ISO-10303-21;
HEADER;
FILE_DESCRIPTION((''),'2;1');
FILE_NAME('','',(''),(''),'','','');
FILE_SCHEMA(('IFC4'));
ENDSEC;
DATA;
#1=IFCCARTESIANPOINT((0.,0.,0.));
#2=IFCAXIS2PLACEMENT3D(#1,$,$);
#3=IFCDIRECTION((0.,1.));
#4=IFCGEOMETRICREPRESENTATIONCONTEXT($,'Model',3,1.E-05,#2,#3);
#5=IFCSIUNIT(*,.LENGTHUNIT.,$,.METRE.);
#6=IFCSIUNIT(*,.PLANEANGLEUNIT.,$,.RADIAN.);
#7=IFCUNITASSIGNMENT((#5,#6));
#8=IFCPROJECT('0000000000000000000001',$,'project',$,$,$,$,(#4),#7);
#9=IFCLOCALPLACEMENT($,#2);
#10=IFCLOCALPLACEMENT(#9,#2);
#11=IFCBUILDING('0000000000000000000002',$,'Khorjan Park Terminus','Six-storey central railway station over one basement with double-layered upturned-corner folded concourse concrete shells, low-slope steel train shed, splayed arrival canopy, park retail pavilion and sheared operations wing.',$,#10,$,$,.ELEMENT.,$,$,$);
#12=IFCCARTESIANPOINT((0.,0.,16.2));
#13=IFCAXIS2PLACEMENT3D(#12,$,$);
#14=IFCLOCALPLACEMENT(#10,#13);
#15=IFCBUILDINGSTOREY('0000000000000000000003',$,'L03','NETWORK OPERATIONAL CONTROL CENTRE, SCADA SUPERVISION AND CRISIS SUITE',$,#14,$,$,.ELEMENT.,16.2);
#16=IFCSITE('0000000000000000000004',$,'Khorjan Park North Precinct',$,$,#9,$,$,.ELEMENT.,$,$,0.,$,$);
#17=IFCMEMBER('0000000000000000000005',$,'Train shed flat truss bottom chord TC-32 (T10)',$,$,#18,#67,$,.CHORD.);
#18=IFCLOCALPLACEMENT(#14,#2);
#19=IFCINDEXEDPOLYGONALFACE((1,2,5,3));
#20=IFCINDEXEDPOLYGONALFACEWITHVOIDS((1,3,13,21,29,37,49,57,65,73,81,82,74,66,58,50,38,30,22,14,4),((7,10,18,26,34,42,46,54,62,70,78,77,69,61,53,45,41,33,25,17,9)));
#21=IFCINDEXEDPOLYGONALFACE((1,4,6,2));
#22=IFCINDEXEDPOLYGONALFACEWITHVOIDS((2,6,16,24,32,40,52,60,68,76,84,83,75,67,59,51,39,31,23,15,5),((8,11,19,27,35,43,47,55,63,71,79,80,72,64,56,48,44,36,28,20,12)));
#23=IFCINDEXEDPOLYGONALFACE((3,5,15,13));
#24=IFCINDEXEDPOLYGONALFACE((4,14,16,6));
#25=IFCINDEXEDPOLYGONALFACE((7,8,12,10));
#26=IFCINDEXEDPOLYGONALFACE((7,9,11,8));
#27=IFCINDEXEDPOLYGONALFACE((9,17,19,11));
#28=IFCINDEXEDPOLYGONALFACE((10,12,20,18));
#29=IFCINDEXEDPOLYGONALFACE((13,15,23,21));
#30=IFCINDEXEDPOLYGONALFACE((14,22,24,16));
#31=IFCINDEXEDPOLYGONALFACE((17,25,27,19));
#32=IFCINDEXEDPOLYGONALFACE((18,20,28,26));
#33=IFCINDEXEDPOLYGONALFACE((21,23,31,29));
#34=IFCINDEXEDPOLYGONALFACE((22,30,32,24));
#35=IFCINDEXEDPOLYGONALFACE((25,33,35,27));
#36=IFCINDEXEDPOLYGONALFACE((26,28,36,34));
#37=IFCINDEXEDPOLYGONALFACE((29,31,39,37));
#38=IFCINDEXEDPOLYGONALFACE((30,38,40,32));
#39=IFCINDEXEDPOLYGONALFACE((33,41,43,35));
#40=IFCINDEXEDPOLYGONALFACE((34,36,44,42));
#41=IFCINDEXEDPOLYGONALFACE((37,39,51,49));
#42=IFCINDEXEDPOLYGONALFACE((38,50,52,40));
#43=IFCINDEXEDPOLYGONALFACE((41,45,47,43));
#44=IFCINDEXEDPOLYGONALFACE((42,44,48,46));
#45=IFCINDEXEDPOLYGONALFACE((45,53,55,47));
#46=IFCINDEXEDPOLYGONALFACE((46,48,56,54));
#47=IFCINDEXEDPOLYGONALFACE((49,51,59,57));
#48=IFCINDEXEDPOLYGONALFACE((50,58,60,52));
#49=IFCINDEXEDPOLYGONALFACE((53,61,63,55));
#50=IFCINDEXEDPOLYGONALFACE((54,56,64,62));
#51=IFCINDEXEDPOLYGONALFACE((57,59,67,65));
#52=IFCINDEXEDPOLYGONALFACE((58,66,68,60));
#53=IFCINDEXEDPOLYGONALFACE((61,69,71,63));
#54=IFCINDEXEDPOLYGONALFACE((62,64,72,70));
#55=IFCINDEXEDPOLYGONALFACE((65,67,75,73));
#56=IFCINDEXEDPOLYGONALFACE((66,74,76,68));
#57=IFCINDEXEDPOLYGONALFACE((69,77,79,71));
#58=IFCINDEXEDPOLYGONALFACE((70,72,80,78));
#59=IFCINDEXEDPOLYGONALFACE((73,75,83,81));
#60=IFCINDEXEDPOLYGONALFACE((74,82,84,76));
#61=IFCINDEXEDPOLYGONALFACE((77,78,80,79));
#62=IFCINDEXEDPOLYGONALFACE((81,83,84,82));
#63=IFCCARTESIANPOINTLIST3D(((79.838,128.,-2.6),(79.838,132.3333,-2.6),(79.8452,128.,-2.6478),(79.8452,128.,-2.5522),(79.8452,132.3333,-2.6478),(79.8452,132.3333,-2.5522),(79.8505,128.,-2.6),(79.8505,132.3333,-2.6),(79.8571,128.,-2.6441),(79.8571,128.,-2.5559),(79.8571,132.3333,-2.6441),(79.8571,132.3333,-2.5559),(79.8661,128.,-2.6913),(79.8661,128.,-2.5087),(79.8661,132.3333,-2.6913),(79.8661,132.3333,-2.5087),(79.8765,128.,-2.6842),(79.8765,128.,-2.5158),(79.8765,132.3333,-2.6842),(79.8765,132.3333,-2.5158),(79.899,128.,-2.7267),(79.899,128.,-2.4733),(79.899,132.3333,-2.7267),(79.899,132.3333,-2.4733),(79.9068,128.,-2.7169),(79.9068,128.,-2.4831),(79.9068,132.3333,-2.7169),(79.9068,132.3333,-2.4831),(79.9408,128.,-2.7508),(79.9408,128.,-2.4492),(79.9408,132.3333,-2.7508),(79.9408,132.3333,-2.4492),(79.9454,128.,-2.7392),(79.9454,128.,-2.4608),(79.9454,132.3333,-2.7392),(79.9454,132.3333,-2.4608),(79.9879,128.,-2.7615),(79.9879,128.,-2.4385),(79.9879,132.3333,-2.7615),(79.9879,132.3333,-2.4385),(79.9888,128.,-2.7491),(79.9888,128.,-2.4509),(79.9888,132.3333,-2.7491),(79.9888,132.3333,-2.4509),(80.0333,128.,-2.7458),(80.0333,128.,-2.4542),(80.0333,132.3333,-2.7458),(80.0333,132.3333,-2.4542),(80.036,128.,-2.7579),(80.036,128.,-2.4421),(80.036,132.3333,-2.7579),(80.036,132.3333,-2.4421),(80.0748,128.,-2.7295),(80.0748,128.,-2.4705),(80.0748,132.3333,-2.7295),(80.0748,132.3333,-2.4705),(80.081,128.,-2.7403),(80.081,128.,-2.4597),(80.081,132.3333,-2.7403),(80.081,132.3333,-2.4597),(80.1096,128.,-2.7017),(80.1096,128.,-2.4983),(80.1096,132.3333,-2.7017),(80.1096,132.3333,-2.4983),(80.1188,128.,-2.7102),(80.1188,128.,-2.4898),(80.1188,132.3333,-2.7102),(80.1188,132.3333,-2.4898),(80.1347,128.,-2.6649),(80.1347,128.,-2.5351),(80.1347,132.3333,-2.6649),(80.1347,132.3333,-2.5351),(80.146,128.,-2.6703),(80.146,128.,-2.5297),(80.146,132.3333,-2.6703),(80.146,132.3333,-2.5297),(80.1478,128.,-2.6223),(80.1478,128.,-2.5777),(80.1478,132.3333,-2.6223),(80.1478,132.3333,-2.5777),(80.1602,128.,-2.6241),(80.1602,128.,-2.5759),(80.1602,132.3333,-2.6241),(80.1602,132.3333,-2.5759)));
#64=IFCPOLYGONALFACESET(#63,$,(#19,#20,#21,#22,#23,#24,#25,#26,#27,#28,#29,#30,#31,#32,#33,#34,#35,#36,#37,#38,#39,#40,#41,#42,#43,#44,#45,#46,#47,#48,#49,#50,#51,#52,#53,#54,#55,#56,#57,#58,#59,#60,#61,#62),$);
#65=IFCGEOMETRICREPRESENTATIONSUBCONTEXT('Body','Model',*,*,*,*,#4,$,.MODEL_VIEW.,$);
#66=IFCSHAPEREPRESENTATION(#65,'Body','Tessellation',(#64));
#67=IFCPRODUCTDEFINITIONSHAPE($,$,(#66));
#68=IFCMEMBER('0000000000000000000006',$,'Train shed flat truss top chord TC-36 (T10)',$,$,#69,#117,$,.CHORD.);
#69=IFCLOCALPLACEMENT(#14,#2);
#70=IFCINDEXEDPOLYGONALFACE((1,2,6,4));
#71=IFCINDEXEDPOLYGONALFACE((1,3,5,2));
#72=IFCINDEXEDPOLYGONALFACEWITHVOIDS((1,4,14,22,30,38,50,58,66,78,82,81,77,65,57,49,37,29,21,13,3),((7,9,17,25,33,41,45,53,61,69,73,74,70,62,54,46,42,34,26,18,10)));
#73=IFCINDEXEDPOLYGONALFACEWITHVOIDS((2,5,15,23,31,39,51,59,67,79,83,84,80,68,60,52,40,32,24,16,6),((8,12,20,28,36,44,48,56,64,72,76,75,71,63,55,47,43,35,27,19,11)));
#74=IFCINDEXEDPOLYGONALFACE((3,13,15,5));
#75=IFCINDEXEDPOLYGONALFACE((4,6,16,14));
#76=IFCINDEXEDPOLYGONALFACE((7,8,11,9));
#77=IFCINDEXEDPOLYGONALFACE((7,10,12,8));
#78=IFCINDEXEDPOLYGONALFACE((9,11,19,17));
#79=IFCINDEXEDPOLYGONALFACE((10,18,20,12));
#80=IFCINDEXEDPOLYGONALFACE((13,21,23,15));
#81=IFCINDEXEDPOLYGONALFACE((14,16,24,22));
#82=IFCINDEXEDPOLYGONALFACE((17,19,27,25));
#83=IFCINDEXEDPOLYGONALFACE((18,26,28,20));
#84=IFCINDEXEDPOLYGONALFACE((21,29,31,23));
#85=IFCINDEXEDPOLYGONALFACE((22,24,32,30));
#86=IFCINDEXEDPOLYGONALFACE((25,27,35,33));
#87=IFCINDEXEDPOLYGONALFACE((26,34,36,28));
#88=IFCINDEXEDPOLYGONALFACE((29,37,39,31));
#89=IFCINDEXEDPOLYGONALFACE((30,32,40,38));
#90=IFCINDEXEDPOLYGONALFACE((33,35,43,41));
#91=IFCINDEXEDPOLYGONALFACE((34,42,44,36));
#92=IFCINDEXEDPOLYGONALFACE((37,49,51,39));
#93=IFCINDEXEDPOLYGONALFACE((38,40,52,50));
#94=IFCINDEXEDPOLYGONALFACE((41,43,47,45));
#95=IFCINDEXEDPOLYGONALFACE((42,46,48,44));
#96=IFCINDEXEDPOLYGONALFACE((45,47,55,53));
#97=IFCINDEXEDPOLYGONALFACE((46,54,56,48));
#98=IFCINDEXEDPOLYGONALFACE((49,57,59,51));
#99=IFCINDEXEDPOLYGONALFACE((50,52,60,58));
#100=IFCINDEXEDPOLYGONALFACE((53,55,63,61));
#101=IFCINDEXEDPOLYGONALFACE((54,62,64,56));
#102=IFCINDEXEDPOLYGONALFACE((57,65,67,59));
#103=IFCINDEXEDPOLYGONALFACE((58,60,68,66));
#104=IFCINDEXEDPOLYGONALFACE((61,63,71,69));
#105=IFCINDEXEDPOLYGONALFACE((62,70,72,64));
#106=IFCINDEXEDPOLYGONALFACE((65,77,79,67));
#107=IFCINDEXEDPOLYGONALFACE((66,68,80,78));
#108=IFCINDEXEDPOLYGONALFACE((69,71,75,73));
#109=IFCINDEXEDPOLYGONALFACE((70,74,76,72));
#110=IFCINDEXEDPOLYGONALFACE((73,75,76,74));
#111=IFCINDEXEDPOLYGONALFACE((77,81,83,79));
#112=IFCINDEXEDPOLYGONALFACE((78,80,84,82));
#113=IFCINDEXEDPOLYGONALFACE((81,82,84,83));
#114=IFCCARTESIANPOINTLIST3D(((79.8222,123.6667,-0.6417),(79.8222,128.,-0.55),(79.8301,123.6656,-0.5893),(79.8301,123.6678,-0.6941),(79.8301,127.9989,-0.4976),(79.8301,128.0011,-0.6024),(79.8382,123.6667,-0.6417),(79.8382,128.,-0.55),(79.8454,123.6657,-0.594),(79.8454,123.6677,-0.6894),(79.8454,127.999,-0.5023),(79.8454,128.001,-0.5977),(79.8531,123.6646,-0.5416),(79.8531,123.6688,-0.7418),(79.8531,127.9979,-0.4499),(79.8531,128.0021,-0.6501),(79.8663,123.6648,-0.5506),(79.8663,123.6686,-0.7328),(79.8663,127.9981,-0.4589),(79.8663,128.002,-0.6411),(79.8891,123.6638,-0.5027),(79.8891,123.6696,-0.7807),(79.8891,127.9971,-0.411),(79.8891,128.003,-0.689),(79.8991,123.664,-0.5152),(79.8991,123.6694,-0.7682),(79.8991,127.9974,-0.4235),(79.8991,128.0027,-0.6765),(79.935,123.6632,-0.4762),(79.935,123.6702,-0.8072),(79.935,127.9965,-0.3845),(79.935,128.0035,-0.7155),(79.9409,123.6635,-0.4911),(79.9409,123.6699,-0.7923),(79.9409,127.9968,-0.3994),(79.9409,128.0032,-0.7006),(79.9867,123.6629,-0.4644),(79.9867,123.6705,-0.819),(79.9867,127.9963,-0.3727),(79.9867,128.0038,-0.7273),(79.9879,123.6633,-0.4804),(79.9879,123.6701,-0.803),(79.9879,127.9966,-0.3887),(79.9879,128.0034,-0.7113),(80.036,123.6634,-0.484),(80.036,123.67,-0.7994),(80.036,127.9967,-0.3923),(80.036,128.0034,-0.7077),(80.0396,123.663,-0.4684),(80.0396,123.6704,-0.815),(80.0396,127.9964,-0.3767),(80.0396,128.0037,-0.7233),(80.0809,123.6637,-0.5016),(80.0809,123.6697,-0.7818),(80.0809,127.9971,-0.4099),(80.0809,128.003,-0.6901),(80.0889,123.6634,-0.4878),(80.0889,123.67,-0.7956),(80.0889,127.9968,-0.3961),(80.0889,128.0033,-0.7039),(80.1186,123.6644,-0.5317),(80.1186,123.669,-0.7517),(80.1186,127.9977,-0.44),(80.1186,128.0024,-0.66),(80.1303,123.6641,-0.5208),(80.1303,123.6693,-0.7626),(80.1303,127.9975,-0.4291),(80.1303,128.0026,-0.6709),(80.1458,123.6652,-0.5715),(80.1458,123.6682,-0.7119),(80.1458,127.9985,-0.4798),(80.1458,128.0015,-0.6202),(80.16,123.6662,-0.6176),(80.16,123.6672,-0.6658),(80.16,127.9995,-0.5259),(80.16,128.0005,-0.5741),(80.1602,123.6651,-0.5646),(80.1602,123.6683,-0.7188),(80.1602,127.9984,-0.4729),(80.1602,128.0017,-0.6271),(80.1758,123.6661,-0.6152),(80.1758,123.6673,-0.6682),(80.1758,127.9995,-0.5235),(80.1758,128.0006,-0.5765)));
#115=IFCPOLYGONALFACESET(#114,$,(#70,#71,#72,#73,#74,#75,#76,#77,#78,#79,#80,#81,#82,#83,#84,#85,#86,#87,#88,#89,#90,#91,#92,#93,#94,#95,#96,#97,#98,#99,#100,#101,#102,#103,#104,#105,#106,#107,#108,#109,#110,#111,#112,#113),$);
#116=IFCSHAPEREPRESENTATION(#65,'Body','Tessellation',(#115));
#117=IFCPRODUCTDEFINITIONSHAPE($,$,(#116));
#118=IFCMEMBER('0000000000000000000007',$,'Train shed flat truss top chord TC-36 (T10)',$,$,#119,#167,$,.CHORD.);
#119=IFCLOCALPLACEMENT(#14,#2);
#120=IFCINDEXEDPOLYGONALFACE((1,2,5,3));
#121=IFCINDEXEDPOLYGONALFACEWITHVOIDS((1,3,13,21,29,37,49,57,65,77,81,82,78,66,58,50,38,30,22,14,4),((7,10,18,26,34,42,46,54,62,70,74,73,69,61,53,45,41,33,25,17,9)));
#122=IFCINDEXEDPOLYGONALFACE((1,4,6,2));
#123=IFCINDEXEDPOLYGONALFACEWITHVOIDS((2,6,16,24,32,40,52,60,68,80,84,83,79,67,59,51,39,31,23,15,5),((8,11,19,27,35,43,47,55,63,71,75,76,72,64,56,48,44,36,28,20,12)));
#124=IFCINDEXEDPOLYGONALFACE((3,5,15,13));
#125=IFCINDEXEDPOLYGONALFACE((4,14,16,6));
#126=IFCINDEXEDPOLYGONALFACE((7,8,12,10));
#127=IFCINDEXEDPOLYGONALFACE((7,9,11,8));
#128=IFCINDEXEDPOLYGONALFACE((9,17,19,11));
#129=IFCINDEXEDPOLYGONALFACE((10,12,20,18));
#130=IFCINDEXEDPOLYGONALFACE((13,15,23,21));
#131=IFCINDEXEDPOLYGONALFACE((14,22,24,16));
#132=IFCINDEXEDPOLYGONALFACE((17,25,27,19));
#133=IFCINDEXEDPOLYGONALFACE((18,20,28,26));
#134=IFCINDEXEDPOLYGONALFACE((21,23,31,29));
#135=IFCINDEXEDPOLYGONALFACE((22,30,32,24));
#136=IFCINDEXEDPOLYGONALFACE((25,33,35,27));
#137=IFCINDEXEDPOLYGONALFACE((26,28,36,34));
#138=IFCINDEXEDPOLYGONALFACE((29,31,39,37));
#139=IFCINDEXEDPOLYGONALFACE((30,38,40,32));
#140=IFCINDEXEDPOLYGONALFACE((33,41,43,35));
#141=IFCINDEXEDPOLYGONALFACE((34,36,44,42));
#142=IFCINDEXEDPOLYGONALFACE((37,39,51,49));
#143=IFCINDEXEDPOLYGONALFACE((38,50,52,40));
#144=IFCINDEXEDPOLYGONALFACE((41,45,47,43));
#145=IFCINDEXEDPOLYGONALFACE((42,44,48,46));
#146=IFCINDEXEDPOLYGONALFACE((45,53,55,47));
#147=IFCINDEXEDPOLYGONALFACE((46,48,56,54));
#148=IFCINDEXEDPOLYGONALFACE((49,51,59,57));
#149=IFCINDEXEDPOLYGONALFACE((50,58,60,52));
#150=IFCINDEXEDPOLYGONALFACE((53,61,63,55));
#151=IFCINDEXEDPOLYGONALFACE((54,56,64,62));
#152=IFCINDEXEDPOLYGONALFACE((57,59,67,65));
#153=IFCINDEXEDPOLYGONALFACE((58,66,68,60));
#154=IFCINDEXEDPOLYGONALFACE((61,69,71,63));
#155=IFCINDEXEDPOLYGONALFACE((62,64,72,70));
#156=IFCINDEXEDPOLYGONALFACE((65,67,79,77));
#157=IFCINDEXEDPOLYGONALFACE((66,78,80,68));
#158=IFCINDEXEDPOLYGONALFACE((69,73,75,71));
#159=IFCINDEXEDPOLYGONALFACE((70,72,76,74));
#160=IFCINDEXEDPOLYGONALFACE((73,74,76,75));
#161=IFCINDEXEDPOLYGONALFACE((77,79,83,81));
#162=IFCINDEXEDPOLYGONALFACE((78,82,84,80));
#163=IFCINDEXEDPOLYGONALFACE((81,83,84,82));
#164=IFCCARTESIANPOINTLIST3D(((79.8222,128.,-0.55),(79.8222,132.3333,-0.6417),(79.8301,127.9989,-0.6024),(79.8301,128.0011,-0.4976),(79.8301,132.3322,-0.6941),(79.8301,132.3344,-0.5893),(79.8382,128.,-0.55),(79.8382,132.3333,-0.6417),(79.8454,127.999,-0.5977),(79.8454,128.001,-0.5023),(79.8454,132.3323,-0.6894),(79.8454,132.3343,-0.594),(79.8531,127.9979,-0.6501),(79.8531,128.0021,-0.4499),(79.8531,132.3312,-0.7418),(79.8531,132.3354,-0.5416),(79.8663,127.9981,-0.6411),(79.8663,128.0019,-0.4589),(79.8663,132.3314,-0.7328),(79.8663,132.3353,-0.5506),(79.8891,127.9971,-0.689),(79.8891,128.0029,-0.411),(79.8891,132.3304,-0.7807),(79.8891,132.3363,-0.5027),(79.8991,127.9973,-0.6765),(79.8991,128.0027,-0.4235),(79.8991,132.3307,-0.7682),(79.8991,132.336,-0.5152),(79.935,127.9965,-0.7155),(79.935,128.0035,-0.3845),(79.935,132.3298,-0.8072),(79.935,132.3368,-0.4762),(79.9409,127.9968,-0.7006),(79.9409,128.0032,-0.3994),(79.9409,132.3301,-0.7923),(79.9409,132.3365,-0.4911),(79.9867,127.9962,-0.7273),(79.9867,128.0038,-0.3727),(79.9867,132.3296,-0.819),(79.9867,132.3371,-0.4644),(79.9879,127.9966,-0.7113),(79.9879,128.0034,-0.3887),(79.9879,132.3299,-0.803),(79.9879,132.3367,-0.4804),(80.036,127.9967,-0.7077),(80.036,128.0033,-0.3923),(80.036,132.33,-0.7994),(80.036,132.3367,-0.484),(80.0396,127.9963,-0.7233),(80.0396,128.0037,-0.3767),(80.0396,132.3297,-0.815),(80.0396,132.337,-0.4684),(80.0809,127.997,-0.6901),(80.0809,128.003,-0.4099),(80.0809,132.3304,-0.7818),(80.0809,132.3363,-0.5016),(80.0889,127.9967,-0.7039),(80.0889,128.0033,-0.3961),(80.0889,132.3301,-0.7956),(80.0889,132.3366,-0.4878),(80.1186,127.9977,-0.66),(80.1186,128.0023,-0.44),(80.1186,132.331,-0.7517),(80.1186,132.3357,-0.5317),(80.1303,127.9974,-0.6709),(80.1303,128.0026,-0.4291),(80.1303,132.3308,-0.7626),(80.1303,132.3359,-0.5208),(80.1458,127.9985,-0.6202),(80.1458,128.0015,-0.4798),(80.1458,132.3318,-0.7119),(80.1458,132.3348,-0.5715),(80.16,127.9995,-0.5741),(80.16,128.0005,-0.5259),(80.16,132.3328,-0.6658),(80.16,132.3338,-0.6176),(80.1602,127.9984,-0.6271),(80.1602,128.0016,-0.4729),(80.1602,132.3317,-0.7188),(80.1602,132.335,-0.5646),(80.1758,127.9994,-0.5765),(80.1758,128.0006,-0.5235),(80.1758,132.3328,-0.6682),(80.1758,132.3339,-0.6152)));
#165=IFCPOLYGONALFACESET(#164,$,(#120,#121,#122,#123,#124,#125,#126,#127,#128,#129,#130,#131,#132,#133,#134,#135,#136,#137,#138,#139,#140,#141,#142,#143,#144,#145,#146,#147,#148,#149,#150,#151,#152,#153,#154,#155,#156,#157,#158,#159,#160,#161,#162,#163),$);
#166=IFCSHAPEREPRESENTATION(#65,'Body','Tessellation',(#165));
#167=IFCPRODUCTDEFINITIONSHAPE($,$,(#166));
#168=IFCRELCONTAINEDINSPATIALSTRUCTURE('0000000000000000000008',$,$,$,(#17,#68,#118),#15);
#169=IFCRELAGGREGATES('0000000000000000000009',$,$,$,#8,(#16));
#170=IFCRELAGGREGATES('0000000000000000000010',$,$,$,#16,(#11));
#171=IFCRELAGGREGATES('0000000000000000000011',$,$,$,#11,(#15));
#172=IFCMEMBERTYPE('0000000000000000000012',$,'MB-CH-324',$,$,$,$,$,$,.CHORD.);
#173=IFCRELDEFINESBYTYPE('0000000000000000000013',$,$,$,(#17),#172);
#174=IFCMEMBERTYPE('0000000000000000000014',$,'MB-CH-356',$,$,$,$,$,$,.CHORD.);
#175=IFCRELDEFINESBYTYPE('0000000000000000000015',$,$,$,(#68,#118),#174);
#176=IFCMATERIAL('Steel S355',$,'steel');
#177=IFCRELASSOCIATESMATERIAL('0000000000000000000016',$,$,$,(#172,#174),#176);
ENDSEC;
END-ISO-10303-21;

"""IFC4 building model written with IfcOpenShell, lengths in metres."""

from ifc_helpers import new_model, si_unit, direction, frame, origin, origin_2d, place, context, subcontext, project, spatial, hollow_circle, extrude, material, material_profile, profile_set, type_object, element, save


model = new_model("IFC4")

# Units and contexts
model_context = context("Model", 3, precision=1e-05, world=origin(), true_north=direction((0.0, 1.0)))
body_context = subcontext(model_context, "Body", "Model", "MODEL_VIEW")
ifc_project = project(units=[si_unit("LENGTHUNIT", "METRE"), si_unit("PLANEANGLEUNIT", "RADIAN")], contexts=[model_context])

# Site, building, storey
site_placement = place(None, origin())
site = spatial("IfcSite", under=ifc_project, at=site_placement, Name="Khorjan Park North Precinct", CompositionType="ELEMENT", RefElevation=0.0)
building_placement = place(site_placement, origin())
building = spatial("IfcBuilding", under=site, at=building_placement, Name="Khorjan Park Terminus", Description="Six-storey central railway station over one basement with double-layered upturned-corner folded concourse concrete shells, low-slope steel train shed, splayed arrival canopy, park retail pavilion and sheared operations wing.", CompositionType="ELEMENT")
storey_placement = place(building_placement, frame((0.0, 0.0, 16.2)))
storey = spatial("IfcBuildingStorey", under=building, at=storey_placement, Name="L03", Description="NETWORK OPERATIONAL CONTROL CENTRE, SCADA SUPERVISION AND CRISIS SUITE", CompositionType="ELEMENT", Elevation=16.2)

# Members
ifc_material = material(Name="Steel S355", Category="steel")
ifc_material_profile_1 = material_profile(ifc_material, hollow_circle(Radius=0.162, WallThickness=0.0125, at=origin_2d()), Name="CHS 323.9x12.5")
ifc_profile_set_1 = profile_set([ifc_material_profile_1], Name="Steel S355")
member_type_1 = type_object("IfcMemberType", Name="MB-CH-324", PredefinedType="CHORD", material=ifc_profile_set_1)
for number, where, z_axis, x_axis, name in (
    (1, (80.0, 128.0, -2.6), (0.0, 1.0, 0.0), (-1.0, 0.0, 0.0), "Train shed flat truss bottom chord TC-32 (T10)"),
):
    element("IfcMember", number, at=place(storey_placement, frame(where, z_axis=z_axis, x_axis=x_axis)), inside=storey, type_object=member_type_1, Name=name, PredefinedType="CHORD", context=body_context, shape_type="SweptSolid", body=[
        extrude(hollow_circle(Radius=0.162, WallThickness=0.0125, at=origin_2d()), origin(), (0.0, 0.0, 1.0), 4.3333),
    ])
ifc_material_profile_2 = material_profile(ifc_material, hollow_circle(Radius=0.1778, WallThickness=0.016, at=origin_2d()), Name="CHS 355.6x16")
ifc_profile_set_2 = profile_set([ifc_material_profile_2], Name="Steel S355")
member_type_2 = type_object("IfcMemberType", Name="MB-CH-356", PredefinedType="CHORD", material=ifc_profile_set_2)
for number, where, z_axis, x_axis, name in (
    (2, (80.0, 123.6667, -0.6417), (0.0, 0.999776, 0.021157), (-1.0, 0.0, 0.0), "Train shed flat truss top chord TC-36 (T10)"),
    (3, (80.0, 128.0, -0.55), (0.0, 0.999776, -0.021157), (-1.0, 0.0, 0.0), "Train shed flat truss top chord TC-36 (T10)"),
):
    element("IfcMember", number, at=place(storey_placement, frame(where, z_axis=z_axis, x_axis=x_axis)), inside=storey, type_object=member_type_2, Name=name, PredefinedType="CHORD", context=body_context, shape_type="SweptSolid", body=[
        extrude(hollow_circle(Radius=0.1778, WallThickness=0.016, at=origin_2d()), origin(), (0.0, 0.0, 1.0), 4.3343),
    ])

save(model, "model.ifc")
